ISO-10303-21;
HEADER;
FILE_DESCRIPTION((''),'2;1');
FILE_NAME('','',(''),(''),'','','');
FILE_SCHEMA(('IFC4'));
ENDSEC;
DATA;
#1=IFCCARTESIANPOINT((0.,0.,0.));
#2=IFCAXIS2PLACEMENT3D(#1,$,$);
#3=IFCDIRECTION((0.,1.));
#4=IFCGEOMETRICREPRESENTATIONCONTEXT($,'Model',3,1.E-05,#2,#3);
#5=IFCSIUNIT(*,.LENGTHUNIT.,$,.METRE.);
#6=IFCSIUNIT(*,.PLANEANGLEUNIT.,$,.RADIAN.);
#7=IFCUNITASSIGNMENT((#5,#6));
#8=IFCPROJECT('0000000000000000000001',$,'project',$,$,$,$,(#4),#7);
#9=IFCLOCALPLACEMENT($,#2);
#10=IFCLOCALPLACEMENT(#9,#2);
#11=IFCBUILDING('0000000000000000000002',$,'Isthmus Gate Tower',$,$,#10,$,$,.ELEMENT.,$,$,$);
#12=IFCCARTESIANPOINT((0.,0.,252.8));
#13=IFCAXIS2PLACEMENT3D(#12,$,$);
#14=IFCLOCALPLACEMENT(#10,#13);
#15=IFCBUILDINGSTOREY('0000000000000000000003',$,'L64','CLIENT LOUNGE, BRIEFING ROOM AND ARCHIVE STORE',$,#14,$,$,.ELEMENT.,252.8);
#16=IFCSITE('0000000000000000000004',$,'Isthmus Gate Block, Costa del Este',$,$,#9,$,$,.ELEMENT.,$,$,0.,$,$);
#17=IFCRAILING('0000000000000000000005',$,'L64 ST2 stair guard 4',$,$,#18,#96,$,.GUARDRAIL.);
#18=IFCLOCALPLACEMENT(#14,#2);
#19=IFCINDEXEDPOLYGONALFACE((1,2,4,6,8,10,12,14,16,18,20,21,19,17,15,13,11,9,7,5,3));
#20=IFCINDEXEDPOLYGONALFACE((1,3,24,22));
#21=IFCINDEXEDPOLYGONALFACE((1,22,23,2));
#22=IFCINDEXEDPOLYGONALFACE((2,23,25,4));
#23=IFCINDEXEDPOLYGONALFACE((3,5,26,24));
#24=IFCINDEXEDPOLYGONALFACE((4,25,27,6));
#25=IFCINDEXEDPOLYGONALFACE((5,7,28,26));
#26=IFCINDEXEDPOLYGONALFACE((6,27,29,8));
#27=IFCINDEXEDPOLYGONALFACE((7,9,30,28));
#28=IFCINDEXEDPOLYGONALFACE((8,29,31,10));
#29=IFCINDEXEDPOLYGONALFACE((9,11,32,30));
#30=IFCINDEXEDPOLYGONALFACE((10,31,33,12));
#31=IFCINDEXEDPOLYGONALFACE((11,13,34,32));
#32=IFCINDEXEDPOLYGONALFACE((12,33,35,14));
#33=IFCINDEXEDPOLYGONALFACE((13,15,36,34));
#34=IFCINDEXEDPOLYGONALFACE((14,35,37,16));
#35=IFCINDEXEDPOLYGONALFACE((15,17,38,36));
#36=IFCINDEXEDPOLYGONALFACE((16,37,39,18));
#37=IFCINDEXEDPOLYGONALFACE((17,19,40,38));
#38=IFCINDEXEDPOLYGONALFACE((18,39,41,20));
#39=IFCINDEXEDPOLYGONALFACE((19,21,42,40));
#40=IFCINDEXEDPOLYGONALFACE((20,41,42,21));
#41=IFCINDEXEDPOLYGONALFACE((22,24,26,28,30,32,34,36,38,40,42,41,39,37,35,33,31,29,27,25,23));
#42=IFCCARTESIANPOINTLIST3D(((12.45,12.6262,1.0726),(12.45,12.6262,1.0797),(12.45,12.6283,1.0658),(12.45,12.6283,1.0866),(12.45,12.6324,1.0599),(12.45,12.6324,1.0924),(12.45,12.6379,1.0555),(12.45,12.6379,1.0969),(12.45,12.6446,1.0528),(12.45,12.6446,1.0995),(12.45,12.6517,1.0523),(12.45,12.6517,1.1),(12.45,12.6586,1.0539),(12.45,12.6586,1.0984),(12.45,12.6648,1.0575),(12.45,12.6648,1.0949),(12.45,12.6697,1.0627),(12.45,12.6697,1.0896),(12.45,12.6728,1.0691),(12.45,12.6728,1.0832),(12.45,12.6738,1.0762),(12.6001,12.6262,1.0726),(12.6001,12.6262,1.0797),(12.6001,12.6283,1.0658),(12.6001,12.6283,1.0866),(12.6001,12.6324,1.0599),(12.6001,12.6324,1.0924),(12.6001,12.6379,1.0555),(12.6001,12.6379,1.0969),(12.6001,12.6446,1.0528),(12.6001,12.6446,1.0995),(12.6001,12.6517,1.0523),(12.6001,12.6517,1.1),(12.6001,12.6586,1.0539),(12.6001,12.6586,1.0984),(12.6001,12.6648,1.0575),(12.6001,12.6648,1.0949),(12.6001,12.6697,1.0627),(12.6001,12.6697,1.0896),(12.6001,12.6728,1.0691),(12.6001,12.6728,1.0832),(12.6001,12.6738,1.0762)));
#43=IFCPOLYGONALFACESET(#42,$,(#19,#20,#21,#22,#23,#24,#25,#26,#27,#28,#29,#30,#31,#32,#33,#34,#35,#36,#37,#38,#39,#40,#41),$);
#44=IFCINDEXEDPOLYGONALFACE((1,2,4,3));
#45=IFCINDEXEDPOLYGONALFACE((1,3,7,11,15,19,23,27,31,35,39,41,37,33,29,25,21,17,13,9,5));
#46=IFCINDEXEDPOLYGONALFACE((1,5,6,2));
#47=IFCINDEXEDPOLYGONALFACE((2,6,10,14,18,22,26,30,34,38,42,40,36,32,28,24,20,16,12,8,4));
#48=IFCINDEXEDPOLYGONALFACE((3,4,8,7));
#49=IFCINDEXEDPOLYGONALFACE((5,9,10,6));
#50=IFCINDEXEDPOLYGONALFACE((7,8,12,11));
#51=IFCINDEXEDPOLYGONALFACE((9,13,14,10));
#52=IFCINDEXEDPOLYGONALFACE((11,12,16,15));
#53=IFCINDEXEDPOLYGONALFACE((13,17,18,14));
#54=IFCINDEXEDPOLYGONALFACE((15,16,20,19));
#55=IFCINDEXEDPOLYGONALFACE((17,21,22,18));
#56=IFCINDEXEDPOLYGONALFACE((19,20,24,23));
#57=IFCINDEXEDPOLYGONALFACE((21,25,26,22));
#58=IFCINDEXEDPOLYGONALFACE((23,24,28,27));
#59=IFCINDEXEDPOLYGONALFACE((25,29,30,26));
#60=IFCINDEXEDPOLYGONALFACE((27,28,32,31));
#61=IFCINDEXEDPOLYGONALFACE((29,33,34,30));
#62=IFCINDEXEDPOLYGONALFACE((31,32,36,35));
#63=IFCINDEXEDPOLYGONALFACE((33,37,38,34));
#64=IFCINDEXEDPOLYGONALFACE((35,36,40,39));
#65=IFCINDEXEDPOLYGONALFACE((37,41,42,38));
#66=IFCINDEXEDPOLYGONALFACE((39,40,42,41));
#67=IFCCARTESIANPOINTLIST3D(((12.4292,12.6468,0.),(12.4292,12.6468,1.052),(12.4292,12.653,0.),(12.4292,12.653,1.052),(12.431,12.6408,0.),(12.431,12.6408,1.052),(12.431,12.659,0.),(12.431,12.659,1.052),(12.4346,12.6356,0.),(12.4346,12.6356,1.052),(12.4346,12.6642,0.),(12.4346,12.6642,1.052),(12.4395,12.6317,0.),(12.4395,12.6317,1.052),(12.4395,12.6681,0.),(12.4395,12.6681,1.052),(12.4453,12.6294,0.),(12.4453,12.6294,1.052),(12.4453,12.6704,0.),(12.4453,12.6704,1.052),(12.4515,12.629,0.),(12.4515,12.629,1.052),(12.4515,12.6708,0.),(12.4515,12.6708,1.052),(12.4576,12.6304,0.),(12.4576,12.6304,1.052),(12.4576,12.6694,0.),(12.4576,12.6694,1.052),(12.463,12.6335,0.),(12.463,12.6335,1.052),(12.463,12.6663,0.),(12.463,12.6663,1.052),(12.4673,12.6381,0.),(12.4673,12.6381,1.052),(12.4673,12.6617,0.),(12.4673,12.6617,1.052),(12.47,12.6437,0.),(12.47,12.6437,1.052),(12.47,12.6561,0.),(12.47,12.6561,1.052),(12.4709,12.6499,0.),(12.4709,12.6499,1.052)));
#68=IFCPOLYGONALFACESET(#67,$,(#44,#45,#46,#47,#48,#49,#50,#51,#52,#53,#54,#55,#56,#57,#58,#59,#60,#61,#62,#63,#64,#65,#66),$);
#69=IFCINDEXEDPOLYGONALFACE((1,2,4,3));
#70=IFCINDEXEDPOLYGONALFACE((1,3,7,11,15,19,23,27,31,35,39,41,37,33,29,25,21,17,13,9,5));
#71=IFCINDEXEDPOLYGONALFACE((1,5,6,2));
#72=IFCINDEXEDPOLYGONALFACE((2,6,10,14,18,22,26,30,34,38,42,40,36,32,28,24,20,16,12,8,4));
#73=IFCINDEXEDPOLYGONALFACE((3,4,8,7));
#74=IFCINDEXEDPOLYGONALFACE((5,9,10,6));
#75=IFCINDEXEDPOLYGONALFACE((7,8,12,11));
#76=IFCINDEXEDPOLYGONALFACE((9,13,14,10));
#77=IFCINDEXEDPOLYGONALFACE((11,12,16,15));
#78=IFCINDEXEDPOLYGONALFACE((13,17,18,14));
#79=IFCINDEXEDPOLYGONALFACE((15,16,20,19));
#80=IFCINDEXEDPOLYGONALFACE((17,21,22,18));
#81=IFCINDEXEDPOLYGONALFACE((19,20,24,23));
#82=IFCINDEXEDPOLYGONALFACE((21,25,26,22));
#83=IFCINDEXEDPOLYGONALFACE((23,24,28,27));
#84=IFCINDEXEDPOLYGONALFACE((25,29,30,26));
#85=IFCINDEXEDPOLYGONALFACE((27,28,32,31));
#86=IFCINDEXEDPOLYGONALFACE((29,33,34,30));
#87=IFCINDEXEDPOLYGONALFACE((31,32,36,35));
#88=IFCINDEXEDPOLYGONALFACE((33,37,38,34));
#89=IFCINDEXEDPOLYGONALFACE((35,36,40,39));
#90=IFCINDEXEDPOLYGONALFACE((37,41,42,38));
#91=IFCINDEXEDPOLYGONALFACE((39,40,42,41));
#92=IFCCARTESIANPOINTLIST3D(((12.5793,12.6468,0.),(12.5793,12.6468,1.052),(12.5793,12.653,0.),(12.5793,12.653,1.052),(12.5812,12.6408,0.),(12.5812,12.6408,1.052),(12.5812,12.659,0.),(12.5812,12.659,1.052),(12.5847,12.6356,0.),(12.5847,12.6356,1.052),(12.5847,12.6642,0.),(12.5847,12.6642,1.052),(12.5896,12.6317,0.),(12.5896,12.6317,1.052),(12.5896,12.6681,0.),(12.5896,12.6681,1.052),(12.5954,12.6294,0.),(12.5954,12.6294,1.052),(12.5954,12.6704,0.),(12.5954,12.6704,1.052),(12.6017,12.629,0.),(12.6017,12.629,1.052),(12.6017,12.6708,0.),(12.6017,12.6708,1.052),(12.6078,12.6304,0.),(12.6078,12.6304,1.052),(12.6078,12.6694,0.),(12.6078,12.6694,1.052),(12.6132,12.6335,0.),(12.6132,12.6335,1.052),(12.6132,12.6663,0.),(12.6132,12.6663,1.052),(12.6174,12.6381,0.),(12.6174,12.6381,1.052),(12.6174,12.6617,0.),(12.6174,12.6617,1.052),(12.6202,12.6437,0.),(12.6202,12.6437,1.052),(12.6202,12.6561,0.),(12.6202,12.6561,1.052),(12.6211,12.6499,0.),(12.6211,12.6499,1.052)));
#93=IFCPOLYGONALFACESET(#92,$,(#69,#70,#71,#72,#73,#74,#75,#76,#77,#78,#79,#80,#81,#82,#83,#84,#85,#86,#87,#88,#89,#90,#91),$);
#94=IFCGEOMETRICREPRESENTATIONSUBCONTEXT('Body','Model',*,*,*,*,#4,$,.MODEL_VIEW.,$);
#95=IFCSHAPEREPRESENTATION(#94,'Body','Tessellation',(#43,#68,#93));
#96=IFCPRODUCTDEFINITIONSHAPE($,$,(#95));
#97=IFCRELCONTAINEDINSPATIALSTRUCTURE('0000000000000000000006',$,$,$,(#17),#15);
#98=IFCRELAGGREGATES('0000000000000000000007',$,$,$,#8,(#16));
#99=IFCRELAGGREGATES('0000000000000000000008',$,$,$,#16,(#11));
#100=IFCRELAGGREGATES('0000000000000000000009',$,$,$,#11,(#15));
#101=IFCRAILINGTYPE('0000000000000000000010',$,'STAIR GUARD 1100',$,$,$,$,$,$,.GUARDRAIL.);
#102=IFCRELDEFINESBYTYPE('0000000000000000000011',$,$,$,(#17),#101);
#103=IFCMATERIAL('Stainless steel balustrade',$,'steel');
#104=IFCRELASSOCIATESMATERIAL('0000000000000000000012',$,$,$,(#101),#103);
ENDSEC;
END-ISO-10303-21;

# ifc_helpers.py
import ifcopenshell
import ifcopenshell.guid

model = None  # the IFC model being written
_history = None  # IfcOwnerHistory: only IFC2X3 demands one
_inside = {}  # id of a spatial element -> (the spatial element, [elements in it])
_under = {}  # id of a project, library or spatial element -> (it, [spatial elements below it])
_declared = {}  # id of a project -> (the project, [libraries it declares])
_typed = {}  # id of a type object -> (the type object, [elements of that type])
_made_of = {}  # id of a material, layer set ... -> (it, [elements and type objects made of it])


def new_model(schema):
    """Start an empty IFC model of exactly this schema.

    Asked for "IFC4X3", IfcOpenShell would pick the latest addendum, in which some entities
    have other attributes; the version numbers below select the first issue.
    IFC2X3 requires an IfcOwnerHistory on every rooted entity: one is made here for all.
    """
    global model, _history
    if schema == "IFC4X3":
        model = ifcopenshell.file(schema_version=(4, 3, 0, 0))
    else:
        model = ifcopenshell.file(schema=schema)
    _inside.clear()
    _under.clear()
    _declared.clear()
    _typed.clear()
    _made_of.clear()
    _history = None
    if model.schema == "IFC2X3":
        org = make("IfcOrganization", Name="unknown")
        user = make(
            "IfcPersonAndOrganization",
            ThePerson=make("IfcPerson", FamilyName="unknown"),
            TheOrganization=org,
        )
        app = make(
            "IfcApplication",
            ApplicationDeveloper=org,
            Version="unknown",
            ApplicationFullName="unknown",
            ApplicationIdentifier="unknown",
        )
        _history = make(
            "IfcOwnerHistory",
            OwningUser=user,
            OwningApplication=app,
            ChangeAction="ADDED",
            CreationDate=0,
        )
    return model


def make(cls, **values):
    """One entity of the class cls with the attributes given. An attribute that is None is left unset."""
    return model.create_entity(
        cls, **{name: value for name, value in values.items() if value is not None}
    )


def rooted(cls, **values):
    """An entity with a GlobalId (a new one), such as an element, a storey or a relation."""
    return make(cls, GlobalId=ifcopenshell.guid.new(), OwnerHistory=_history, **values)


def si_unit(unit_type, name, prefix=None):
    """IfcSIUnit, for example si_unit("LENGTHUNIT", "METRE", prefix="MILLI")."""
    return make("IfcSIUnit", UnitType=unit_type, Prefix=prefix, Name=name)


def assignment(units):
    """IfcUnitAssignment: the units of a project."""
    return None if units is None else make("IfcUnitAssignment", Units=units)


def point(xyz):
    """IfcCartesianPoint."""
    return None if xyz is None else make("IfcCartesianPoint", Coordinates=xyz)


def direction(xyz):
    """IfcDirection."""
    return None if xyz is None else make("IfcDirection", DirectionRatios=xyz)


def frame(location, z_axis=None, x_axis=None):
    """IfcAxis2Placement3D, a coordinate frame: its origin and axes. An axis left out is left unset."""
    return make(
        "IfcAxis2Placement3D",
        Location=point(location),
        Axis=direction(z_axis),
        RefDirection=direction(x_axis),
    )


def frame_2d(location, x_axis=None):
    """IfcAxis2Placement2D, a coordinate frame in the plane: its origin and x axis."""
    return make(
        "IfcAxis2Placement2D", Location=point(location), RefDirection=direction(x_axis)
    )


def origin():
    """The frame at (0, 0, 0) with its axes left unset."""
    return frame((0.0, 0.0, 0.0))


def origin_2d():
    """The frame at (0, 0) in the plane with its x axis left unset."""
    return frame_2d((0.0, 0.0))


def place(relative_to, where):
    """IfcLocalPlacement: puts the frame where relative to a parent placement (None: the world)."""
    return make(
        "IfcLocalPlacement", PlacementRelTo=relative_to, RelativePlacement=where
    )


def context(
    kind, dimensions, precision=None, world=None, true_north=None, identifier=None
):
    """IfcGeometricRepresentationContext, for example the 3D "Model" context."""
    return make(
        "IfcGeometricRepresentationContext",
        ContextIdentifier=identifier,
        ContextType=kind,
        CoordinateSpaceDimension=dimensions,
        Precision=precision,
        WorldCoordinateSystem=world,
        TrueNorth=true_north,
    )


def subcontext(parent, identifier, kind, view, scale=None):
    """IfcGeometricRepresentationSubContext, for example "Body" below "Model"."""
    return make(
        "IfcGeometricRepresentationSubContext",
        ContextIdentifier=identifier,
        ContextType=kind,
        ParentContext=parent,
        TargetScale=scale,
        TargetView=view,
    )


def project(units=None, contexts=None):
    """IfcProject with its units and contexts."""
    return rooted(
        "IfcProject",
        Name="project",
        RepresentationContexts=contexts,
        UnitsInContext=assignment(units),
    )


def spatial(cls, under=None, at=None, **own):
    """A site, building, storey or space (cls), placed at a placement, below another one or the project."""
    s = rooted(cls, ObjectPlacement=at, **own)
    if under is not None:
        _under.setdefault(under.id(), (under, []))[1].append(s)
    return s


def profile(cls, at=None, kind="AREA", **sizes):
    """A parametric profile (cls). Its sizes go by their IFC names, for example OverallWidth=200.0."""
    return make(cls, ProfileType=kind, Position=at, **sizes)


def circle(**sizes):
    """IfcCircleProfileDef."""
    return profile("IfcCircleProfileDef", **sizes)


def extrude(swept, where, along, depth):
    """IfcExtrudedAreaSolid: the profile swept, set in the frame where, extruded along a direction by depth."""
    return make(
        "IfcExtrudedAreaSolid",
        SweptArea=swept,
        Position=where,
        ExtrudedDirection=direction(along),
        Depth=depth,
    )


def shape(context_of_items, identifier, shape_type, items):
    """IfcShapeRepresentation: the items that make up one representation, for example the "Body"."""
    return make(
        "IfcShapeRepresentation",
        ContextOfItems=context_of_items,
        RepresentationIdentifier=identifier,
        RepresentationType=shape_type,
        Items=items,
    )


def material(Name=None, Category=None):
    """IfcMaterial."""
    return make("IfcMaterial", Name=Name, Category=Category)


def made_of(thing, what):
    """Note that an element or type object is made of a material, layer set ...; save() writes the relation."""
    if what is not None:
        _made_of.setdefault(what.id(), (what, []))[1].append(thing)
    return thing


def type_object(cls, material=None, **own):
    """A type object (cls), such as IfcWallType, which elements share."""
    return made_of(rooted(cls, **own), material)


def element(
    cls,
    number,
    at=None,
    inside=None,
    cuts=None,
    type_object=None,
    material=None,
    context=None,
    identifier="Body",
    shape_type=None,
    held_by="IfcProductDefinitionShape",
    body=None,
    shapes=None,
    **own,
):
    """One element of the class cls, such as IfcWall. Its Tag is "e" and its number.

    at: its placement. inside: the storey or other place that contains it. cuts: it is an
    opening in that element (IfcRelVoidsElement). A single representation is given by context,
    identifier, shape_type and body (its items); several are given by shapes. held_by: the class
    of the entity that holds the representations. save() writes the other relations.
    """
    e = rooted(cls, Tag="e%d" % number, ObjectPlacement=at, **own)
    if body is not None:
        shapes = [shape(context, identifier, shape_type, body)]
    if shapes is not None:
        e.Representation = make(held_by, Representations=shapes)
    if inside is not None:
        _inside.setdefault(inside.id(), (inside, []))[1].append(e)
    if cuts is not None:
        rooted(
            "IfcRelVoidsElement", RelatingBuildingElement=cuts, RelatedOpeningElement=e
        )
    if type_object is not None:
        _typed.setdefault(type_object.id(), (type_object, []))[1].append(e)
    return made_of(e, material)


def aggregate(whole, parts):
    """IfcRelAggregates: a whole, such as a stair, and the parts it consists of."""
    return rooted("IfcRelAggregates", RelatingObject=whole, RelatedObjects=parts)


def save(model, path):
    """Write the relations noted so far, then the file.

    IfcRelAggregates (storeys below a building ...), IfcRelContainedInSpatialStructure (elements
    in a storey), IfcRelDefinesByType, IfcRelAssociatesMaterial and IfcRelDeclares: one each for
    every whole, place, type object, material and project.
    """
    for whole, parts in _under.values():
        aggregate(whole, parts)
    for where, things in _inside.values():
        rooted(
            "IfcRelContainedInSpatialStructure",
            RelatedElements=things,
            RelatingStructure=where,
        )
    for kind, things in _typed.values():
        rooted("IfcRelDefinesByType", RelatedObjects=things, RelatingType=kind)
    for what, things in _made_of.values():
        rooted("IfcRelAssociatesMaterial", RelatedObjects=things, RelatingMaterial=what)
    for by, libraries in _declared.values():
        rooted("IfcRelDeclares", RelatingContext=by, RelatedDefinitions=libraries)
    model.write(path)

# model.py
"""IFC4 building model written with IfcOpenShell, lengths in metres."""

from ifc_helpers import new_model, si_unit, direction, frame, origin, origin_2d, place, context, subcontext, project, spatial, circle, extrude, material, type_object, element, save


model = new_model("IFC4")

# Units and contexts
model_context = context("Model", 3, precision=1e-05, world=origin(), true_north=direction((0.0, 1.0)))
body_context = subcontext(model_context, "Body", "Model", "MODEL_VIEW")
ifc_project = project(units=[si_unit("LENGTHUNIT", "METRE"), si_unit("PLANEANGLEUNIT", "RADIAN")], contexts=[model_context])

# Site, building, storey
site_placement = place(None, origin())
site = spatial("IfcSite", under=ifc_project, at=site_placement, Name="Isthmus Gate Block, Costa del Este", CompositionType="ELEMENT", RefElevation=0.0)
building_placement = place(site_placement, origin())
building = spatial("IfcBuilding", under=site, at=building_placement, Name="Isthmus Gate Tower", CompositionType="ELEMENT")
storey_placement = place(building_placement, frame((0.0, 0.0, 252.8)))
storey = spatial("IfcBuildingStorey", under=building, at=storey_placement, Name="L64", Description="CLIENT LOUNGE, BRIEFING ROOM AND ARCHIVE STORE", CompositionType="ELEMENT", Elevation=252.8)

# Railing
ifc_material_1 = material(Name="Stainless steel balustrade", Category="steel")
railing_type_1 = type_object("IfcRailingType", Name="STAIR GUARD 1100", PredefinedType="GUARDRAIL", material=ifc_material_1)
railing_1_placement = place(storey_placement, frame((12.45, 12.6499, 0.0)))
element("IfcRailing", 1, at=railing_1_placement, inside=storey, type_object=railing_type_1, Name="L64 ST2 stair guard 4", PredefinedType="GUARDRAIL", context=body_context, shape_type="SweptSolid", body=[
    extrude(circle(Radius=0.0239, at=origin_2d()), frame((0.0, 0.0, 1.0762), z_axis=(1.0, 0.0, 0.0), x_axis=(0.0, 1.0, 0.0)), (0.0, 0.0, 1.0), 0.1501),
    extrude(circle(Radius=0.021, at=origin_2d()), origin(), (0.0, 0.0, 1.0), 1.052),
    extrude(circle(Radius=0.021, at=origin_2d()), frame((0.1501, 0.0, 0.0)), (0.0, 0.0, 1.0), 1.052),
])

save(model, "model.ifc")
